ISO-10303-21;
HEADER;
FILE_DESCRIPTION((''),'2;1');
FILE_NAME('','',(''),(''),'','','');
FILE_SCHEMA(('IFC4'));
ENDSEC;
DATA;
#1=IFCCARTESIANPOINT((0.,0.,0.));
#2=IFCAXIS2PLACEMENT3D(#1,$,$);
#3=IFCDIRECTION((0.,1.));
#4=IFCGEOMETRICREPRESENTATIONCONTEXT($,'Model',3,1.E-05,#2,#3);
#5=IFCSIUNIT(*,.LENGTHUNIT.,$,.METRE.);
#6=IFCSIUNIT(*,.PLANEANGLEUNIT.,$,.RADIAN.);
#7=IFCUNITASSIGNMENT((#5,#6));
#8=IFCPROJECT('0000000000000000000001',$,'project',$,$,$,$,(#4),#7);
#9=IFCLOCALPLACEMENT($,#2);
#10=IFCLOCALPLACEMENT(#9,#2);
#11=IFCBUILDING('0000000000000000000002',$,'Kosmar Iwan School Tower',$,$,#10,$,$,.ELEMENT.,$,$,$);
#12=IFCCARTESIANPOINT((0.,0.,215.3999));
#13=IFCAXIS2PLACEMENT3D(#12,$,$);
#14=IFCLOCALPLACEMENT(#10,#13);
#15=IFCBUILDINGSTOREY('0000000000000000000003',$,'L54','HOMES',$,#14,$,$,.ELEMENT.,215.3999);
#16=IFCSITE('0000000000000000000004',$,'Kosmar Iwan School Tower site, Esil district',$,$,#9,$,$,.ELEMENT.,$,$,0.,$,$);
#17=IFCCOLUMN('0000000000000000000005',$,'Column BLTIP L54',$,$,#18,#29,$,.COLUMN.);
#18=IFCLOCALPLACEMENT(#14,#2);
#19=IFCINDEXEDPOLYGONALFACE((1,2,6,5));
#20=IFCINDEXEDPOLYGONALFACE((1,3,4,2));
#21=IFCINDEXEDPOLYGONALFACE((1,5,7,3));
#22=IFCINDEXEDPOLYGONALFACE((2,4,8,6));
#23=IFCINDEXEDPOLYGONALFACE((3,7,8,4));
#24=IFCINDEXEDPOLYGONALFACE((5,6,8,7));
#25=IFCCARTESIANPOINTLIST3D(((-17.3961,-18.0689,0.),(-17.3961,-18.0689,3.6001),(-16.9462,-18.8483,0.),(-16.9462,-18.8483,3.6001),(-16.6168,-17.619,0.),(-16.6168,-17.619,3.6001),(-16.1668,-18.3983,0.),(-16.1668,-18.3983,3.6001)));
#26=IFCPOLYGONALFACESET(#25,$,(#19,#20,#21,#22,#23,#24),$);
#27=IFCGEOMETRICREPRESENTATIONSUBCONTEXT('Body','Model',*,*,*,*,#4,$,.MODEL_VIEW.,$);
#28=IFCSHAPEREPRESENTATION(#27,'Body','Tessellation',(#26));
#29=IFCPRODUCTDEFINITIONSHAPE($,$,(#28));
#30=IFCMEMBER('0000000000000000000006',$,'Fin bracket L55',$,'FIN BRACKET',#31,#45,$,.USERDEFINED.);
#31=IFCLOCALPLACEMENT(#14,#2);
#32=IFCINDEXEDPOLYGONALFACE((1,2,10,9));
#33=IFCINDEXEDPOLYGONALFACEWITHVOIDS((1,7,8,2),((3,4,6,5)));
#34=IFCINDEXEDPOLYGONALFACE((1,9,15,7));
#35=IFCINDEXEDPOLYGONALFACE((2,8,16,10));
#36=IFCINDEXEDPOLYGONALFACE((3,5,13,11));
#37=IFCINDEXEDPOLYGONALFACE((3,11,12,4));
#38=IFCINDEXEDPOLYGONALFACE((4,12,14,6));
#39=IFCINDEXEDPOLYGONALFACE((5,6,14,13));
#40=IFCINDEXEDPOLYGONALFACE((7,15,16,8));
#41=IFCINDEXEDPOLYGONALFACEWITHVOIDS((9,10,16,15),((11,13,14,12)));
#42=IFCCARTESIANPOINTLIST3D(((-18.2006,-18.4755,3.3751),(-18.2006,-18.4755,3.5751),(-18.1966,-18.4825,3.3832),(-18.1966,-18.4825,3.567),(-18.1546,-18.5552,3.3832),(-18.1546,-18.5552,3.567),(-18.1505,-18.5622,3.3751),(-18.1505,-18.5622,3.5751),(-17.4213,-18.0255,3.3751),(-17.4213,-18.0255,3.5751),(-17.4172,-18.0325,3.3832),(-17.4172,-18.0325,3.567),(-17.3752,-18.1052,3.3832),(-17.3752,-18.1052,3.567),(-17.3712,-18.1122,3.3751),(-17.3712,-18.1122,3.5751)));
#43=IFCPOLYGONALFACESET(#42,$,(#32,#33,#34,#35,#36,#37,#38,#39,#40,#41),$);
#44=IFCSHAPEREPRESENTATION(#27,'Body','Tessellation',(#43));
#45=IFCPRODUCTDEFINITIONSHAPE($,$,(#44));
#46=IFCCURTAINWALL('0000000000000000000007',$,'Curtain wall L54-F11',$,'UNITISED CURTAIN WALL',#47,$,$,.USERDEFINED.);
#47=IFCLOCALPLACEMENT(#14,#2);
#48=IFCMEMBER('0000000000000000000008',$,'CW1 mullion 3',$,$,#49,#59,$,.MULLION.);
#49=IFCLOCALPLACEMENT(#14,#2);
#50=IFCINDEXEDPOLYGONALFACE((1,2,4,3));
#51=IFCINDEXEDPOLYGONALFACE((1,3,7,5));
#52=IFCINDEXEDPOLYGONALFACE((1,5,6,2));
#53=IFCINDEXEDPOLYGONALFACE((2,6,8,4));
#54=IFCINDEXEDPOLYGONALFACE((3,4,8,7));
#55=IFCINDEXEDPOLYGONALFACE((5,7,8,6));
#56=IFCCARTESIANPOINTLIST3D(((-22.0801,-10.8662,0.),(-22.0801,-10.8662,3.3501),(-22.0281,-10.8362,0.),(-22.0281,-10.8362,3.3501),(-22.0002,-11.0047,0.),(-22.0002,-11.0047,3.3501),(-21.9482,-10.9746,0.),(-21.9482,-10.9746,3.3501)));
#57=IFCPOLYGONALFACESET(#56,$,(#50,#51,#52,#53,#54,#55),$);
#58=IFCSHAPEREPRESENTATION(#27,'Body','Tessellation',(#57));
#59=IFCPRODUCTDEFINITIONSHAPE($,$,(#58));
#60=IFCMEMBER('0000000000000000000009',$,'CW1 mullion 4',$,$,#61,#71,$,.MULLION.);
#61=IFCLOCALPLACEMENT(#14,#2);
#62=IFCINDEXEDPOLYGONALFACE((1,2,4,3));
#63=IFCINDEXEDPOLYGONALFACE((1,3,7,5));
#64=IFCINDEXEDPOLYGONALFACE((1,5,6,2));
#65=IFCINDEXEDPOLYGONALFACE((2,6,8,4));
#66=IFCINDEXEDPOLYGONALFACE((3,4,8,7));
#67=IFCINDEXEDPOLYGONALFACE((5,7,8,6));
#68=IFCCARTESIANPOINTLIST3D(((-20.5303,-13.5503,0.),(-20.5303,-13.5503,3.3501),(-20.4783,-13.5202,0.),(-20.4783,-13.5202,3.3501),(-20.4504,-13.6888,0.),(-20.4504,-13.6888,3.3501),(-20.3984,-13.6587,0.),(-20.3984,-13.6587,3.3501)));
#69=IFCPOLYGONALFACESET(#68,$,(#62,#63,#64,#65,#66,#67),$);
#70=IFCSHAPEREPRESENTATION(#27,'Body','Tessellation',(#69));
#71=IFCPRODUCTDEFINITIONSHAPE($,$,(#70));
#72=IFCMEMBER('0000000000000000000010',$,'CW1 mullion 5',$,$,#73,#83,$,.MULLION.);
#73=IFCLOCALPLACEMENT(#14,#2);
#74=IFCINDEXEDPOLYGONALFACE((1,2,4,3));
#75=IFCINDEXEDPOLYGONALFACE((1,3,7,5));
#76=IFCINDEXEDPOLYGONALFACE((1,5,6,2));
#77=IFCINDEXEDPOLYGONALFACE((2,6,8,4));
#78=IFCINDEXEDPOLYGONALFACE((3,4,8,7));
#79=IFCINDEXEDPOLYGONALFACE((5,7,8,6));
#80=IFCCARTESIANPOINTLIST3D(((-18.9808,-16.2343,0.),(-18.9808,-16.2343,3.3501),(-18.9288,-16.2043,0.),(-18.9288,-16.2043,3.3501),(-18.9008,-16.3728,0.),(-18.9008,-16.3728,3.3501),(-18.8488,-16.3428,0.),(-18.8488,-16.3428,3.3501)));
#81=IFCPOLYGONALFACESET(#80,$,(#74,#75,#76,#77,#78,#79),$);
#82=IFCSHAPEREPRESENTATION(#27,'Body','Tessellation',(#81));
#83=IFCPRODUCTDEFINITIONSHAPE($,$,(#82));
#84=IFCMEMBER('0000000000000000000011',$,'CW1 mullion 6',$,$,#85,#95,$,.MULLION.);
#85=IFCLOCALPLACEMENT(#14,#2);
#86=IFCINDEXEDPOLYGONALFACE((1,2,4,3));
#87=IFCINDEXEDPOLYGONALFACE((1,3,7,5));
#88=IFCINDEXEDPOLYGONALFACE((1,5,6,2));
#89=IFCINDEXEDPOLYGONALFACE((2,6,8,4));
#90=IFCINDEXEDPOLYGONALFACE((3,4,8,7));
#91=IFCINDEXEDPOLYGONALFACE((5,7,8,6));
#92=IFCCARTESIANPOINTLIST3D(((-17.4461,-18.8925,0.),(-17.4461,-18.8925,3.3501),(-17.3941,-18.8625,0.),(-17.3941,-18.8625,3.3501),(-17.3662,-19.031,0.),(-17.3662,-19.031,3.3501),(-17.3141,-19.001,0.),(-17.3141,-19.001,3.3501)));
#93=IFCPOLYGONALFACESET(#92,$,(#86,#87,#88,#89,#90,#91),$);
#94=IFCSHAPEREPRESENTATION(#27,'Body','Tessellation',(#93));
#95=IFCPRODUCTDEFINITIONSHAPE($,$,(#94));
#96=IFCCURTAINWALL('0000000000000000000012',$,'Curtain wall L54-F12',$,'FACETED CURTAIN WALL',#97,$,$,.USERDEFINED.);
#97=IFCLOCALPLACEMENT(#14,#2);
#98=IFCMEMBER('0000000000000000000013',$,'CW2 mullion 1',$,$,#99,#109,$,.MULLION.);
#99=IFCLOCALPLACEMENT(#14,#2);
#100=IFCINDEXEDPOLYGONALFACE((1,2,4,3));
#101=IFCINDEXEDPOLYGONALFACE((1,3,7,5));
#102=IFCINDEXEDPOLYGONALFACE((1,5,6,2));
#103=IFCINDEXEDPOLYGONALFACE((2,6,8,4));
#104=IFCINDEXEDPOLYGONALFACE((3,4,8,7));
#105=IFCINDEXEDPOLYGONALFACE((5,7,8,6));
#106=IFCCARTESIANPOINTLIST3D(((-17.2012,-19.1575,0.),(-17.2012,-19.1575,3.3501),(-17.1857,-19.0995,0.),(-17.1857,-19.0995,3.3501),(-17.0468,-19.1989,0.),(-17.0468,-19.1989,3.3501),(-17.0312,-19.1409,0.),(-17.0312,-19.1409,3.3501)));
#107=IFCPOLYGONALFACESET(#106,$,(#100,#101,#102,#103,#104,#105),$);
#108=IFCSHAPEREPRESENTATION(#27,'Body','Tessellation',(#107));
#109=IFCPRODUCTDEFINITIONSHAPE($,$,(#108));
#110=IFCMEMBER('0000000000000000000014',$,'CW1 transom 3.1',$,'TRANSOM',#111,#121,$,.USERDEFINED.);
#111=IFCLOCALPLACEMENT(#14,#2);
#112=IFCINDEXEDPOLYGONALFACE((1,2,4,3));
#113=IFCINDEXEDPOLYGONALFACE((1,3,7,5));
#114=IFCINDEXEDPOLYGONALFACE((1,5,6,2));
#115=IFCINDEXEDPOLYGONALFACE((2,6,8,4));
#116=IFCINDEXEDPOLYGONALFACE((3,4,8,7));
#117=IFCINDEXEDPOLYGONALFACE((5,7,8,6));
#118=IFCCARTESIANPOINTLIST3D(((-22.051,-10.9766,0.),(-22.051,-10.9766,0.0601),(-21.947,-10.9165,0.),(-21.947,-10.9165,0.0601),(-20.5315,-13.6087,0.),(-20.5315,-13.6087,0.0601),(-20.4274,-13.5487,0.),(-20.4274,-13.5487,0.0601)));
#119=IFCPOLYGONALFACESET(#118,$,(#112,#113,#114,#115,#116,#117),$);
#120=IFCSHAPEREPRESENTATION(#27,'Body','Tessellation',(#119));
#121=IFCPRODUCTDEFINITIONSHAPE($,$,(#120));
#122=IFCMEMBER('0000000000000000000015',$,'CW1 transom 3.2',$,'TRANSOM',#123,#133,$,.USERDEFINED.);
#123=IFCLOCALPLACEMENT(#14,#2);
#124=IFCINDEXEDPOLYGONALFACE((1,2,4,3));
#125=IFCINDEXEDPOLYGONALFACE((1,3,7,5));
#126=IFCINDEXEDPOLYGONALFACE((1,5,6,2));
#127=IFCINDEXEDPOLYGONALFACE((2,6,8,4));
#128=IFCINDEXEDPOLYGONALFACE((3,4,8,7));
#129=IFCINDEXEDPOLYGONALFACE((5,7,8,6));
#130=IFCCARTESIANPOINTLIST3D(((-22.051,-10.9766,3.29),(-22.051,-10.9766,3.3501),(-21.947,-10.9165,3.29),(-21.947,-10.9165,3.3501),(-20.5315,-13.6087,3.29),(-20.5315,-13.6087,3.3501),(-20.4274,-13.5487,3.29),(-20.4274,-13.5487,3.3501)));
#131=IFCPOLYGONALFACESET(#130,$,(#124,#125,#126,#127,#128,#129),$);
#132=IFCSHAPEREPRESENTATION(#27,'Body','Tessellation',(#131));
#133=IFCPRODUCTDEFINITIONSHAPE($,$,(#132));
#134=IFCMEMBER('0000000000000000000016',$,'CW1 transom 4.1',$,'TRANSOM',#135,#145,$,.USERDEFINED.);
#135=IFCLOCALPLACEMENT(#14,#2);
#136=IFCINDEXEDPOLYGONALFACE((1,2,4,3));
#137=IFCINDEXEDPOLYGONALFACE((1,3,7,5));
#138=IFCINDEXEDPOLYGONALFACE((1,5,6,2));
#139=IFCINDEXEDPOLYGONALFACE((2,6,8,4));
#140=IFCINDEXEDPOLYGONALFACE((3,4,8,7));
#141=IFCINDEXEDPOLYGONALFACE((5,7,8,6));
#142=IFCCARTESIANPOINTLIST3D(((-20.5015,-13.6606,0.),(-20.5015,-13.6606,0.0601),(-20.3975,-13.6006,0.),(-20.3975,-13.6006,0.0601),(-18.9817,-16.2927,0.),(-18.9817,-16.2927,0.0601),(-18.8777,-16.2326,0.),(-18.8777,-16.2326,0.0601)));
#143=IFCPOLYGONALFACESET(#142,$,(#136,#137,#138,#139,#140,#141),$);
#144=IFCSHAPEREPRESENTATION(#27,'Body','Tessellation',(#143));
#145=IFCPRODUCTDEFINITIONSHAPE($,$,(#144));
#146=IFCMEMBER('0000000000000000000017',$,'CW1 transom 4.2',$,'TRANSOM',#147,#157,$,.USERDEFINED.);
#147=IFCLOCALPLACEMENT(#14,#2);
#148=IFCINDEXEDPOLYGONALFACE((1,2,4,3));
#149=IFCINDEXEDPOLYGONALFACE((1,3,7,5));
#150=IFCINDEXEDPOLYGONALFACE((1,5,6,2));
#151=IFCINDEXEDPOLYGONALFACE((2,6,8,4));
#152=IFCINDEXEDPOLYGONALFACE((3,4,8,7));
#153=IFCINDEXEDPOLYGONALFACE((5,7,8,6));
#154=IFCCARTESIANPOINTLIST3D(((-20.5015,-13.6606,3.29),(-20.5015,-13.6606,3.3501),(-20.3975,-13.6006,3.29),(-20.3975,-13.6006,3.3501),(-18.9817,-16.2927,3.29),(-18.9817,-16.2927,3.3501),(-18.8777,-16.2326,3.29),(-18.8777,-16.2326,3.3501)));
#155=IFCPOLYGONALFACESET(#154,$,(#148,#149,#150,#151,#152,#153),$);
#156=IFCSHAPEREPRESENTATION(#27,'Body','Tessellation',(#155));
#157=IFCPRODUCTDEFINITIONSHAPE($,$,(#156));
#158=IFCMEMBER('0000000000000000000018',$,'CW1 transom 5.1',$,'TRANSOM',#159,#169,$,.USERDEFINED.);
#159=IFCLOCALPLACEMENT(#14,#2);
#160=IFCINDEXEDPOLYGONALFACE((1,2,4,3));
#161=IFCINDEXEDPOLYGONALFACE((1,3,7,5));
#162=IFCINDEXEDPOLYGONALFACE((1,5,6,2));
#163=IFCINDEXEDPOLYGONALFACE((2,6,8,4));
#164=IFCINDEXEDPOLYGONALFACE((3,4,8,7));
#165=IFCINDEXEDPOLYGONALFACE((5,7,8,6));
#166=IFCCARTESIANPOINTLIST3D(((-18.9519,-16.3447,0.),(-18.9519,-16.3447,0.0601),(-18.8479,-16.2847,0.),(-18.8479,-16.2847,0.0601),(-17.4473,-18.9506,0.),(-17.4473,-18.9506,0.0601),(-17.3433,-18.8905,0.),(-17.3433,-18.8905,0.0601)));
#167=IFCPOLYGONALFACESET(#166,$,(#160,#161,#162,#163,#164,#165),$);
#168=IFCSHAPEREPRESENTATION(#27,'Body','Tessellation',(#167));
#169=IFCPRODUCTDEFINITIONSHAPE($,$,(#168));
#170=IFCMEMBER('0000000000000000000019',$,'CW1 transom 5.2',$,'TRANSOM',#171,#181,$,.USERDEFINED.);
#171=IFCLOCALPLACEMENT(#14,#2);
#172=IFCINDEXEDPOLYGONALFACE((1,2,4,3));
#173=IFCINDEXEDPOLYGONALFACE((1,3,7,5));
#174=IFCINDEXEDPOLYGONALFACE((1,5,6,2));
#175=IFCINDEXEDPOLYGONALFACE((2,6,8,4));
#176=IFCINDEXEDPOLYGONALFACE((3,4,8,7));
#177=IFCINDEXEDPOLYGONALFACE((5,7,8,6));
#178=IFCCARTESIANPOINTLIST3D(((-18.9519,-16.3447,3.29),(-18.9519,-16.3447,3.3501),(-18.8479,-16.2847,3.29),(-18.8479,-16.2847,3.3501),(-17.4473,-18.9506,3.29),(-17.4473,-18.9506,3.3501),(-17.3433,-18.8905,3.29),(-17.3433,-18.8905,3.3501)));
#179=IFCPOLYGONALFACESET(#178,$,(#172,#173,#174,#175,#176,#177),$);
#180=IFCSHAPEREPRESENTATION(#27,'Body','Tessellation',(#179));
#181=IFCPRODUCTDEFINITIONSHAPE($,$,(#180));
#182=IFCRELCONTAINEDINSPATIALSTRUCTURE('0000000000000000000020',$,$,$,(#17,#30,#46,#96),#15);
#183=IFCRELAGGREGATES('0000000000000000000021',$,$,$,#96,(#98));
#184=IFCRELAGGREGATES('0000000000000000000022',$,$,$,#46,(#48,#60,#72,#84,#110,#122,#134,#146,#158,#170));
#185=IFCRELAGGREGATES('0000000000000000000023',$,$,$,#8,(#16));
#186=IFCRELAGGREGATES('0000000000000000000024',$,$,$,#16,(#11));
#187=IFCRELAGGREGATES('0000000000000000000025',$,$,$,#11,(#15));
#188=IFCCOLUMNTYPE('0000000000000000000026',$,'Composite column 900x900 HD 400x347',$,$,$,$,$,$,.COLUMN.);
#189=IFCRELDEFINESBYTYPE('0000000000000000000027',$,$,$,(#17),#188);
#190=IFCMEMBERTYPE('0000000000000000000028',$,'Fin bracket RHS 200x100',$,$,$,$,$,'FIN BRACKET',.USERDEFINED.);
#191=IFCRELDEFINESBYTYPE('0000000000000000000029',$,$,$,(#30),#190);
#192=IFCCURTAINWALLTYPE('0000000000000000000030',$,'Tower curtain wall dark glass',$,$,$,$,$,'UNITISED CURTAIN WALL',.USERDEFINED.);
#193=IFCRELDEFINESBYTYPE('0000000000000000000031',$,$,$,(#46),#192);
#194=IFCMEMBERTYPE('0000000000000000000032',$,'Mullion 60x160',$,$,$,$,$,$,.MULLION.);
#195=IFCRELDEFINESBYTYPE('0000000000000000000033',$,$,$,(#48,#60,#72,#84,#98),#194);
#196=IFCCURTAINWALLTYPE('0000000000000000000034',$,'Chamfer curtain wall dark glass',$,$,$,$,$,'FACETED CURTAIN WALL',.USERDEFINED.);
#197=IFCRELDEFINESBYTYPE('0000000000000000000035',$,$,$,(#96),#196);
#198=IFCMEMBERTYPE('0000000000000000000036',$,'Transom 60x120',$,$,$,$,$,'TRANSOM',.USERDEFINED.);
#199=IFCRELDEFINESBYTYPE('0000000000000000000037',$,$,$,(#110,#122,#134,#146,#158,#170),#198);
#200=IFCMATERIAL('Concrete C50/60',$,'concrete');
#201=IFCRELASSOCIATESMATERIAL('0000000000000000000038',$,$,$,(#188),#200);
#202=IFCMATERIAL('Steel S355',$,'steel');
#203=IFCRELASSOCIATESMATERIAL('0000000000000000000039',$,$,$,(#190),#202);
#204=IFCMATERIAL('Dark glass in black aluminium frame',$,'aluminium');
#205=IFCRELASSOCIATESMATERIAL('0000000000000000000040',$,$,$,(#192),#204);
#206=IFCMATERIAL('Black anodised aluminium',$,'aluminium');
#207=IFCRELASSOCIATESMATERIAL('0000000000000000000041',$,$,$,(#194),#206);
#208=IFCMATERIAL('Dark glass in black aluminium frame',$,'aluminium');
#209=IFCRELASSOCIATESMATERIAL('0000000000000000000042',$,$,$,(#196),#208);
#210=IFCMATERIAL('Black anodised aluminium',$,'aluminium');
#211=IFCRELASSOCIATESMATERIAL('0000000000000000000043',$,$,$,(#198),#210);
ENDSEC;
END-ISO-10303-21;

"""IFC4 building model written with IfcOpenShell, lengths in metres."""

from ifc_helpers import new_model, si_unit, direction, frame, origin, origin_2d, place, context, subcontext, project, spatial, rectangle, hollow_rectangle, extrude, material, material_profile, profile_set, type_object, element, aggregate, save


model = new_model("IFC4")

# Units and contexts
model_context = context("Model", 3, precision=1e-05, world=origin(), true_north=direction((0.0, 1.0)))
body_context = subcontext(model_context, "Body", "Model", "MODEL_VIEW")
ifc_project = project(units=[si_unit("LENGTHUNIT", "METRE"), si_unit("PLANEANGLEUNIT", "RADIAN")], contexts=[model_context])

# Site, building, storey
site_placement = place(None, origin())
site = spatial("IfcSite", under=ifc_project, at=site_placement, Name="Kosmar Iwan School Tower site, Esil district", CompositionType="ELEMENT", RefElevation=0.0)
building_placement = place(site_placement, origin())
building = spatial("IfcBuilding", under=site, at=building_placement, Name="Kosmar Iwan School Tower", CompositionType="ELEMENT")
storey_placement = place(building_placement, frame((0.0, 0.0, 215.3999)))
storey = spatial("IfcBuildingStorey", under=building, at=storey_placement, Name="L54", Description="HOMES", CompositionType="ELEMENT", Elevation=215.3999)

# Column
ifc_material_1 = material(Name="Concrete C50/60", Category="concrete")
ifc_material_profile_1 = material_profile(ifc_material_1, rectangle(XDim=0.8999, YDim=0.8999, at=origin_2d()), Name="RC 900x900 + HD 400x347")
ifc_profile_set_1 = profile_set([ifc_material_profile_1], Name="Concrete C50/60")
column_type = type_object("IfcColumnType", Name="Composite column 900x900 HD 400x347", PredefinedType="COLUMN", material=ifc_profile_set_1)
column_placement = place(storey_placement, frame((-16.7815, -18.2336, 0.0), z_axis=(0.0, 0.0, 1.0), x_axis=(-0.866025, -0.5, 0.0)))
element("IfcColumn", 1, at=column_placement, inside=storey, type_object=column_type, Name="Column BLTIP L54", PredefinedType="COLUMN", context=body_context, shape_type="SweptSolid", body=[
    extrude(rectangle(XDim=0.8999, YDim=0.8999, at=origin_2d()), origin(), (0.0, 0.0, 1.0), 3.6001),
])

# Member
ifc_material_2 = material(Name="Steel S355", Category="steel")
ifc_material_profile_2 = material_profile(ifc_material_2, hollow_rectangle(XDim=0.1001, YDim=0.2, WallThickness=0.0081, at=origin_2d()), Name="RHS 200x100x8")
ifc_profile_set_2 = profile_set([ifc_material_profile_2], Name="Steel S355")
member_type_1 = type_object("IfcMemberType", Name="Fin bracket RHS 200x100", ElementType="FIN BRACKET", PredefinedType="USERDEFINED", material=ifc_profile_set_2)
member_1_placement = place(storey_placement, frame((-17.3962, -18.0688, 3.4751), z_axis=(-0.866014, -0.50002, 0.0), x_axis=(0.50002, -0.866014, 0.0)))
element("IfcMember", 2, at=member_1_placement, inside=storey, type_object=member_type_1, Name="Fin bracket L55", ObjectType="FIN BRACKET", PredefinedType="USERDEFINED", context=body_context, shape_type="SweptSolid", body=[
    extrude(hollow_rectangle(XDim=0.1001, YDim=0.2, WallThickness=0.0081, at=origin_2d()), origin(), (0.0, 0.0, 1.0), 0.8999),
])

# Curtain wall, members
ifc_material_3 = material(Name="Dark glass in black aluminium frame", Category="aluminium")
curtain_wall_type_1 = type_object("IfcCurtainWallType", Name="Tower curtain wall dark glass", ElementType="UNITISED CURTAIN WALL", PredefinedType="USERDEFINED", material=ifc_material_3)
curtain_wall_1_placement = place(storey_placement, origin())
curtain_wall_1 = element("IfcCurtainWall", 3, at=curtain_wall_1_placement, inside=storey, type_object=curtain_wall_type_1, Name="Curtain wall L54-F11", ObjectType="UNITISED CURTAIN WALL", PredefinedType="USERDEFINED")
ifc_material_4 = material(Name="Black anodised aluminium", Category="aluminium")
ifc_material_profile_3 = material_profile(ifc_material_4, rectangle(XDim=0.0601, YDim=0.1599, at=origin_2d()), Name="MULLION 60x160")
ifc_profile_set_3 = profile_set([ifc_material_profile_3], Name="Black anodised aluminium")
member_type_2 = type_object("IfcMemberType", Name="Mullion 60x160", PredefinedType="MULLION", material=ifc_profile_set_3)
member_2_placement = place(storey_placement, frame((-22.0142, -10.9204, 0.0), z_axis=(0.0, 0.0, 1.0), x_axis=(0.866025, 0.5, 0.0)))
member_2 = element("IfcMember", 4, at=member_2_placement, type_object=member_type_2, Name="CW1 mullion 3", PredefinedType="MULLION", context=body_context, shape_type="SweptSolid", body=[
    extrude(rectangle(XDim=0.0601, YDim=0.1599, at=origin_2d()), origin(), (0.0, 0.0, 1.0), 3.3501),
])
member_3_placement = place(storey_placement, frame((-20.4644, -13.6045, 0.0), z_axis=(0.0, 0.0, 1.0), x_axis=(0.866025, 0.5, 0.0)))
member_3 = element("IfcMember", 5, at=member_3_placement, type_object=member_type_2, Name="CW1 mullion 4", PredefinedType="MULLION", context=body_context, shape_type="SweptSolid", body=[
    extrude(rectangle(XDim=0.0601, YDim=0.1599, at=origin_2d()), origin(), (0.0, 0.0, 1.0), 3.3501),
])
member_4_placement = place(storey_placement, frame((-18.9148, -16.2886, 0.0), z_axis=(0.0, 0.0, 1.0), x_axis=(0.866025, 0.5, 0.0)))
member_4 = element("IfcMember", 6, at=member_4_placement, type_object=member_type_2, Name="CW1 mullion 5", PredefinedType="MULLION", context=body_context, shape_type="SweptSolid", body=[
    extrude(rectangle(XDim=0.0601, YDim=0.1599, at=origin_2d()), origin(), (0.0, 0.0, 1.0), 3.3501),
])
member_5_placement = place(storey_placement, frame((-17.3801, -18.9468, 0.0), z_axis=(0.0, 0.0, 1.0), x_axis=(0.866025, 0.5, 0.0)))
member_5 = element("IfcMember", 7, at=member_5_placement, type_object=member_type_2, Name="CW1 mullion 6", PredefinedType="MULLION", context=body_context, shape_type="SweptSolid", body=[
    extrude(rectangle(XDim=0.0601, YDim=0.1599, at=origin_2d()), origin(), (0.0, 0.0, 1.0), 3.3501),
])

# Curtain wall, member
ifc_material_5 = material(Name="Dark glass in black aluminium frame", Category="aluminium")
curtain_wall_type_2 = type_object("IfcCurtainWallType", Name="Chamfer curtain wall dark glass", ElementType="FACETED CURTAIN WALL", PredefinedType="USERDEFINED", material=ifc_material_5)
curtain_wall_2_placement = place(storey_placement, origin())
curtain_wall_2 = element("IfcCurtainWall", 8, at=curtain_wall_2_placement, inside=storey, type_object=curtain_wall_type_2, Name="Curtain wall L54-F12", ObjectType="FACETED CURTAIN WALL", PredefinedType="USERDEFINED")
member_6_placement = place(storey_placement, frame((-17.1162, -19.1492, 0.0), z_axis=(0.0, 0.0, 1.0), x_axis=(0.258819, 0.965926, 0.0)))
member_6 = element("IfcMember", 9, at=member_6_placement, type_object=member_type_2, Name="CW2 mullion 1", PredefinedType="MULLION", context=body_context, shape_type="SweptSolid", body=[
    extrude(rectangle(XDim=0.0601, YDim=0.1599, at=origin_2d()), origin(), (0.0, 0.0, 1.0), 3.3501),
])

# Members
ifc_material_6 = material(Name="Black anodised aluminium", Category="aluminium")
ifc_material_profile_4 = material_profile(ifc_material_6, rectangle(XDim=0.1201, YDim=0.0601, at=origin_2d()), Name="TRANSOM 60x120")
ifc_profile_set_4 = profile_set([ifc_material_profile_4], Name="Black anodised aluminium")
member_type_3 = type_object("IfcMemberType", Name="Transom 60x120", ElementType="TRANSOM", PredefinedType="USERDEFINED", material=ifc_profile_set_4)
member_7_placement = place(storey_placement, frame((-21.999, -10.9465, 0.03), z_axis=(0.499975, -0.86604, 0.0), x_axis=(0.86604, 0.499975, 0.0)))
member_7 = element("IfcMember", 10, at=member_7_placement, type_object=member_type_3, Name="CW1 transom 3.1", ObjectType="TRANSOM", PredefinedType="USERDEFINED", context=body_context, shape_type="SweptSolid", body=[
    extrude(rectangle(XDim=0.1201, YDim=0.0601, at=origin_2d()), origin(), (0.0, 0.0, 1.0), 3.0393),
])
member_8_placement = place(storey_placement, frame((-21.999, -10.9465, 3.3201), z_axis=(0.499975, -0.86604, 0.0), x_axis=(0.86604, 0.499975, 0.0)))
member_8 = element("IfcMember", 11, at=member_8_placement, type_object=member_type_3, Name="CW1 transom 3.2", ObjectType="TRANSOM", PredefinedType="USERDEFINED", context=body_context, shape_type="SweptSolid", body=[
    extrude(rectangle(XDim=0.1201, YDim=0.0601, at=origin_2d()), origin(), (0.0, 0.0, 1.0), 3.0393),
])
member_9_placement = place(storey_placement, frame((-20.4495, -13.6306, 0.03), z_axis=(0.500035, -0.866005, 0.0), x_axis=(0.866005, 0.500035, 0.0)))
member_9 = element("IfcMember", 12, at=member_9_placement, type_object=member_type_3, Name="CW1 transom 4.1", ObjectType="TRANSOM", PredefinedType="USERDEFINED", context=body_context, shape_type="SweptSolid", body=[
    extrude(rectangle(XDim=0.1201, YDim=0.0601, at=origin_2d()), origin(), (0.0, 0.0, 1.0), 3.0393),
])
member_10_placement = place(storey_placement, frame((-20.4495, -13.6306, 3.3201), z_axis=(0.500035, -0.866005, 0.0), x_axis=(0.866005, 0.500035, 0.0)))
member_10 = element("IfcMember", 13, at=member_10_placement, type_object=member_type_3, Name="CW1 transom 4.2", ObjectType="TRANSOM", PredefinedType="USERDEFINED", context=body_context, shape_type="SweptSolid", body=[
    extrude(rectangle(XDim=0.1201, YDim=0.0601, at=origin_2d()), origin(), (0.0, 0.0, 1.0), 3.0393),
])
member_11_placement = place(storey_placement, frame((-18.8999, -16.3147, 0.03), z_axis=(0.500022, -0.866013, 0.0), x_axis=(0.866013, 0.500022, 0.0)))
member_11 = element("IfcMember", 14, at=member_11_placement, type_object=member_type_3, Name="CW1 transom 5.1", ObjectType="TRANSOM", PredefinedType="USERDEFINED", context=body_context, shape_type="SweptSolid", body=[
    extrude(rectangle(XDim=0.1201, YDim=0.0601, at=origin_2d()), origin(), (0.0, 0.0, 1.0), 3.009),
])
member_12_placement = place(storey_placement, frame((-18.8999, -16.3147, 3.3201), z_axis=(0.500022, -0.866013, 0.0), x_axis=(0.866013, 0.500022, 0.0)))
member_12 = element("IfcMember", 15, at=member_12_placement, type_object=member_type_3, Name="CW1 transom 5.2", ObjectType="TRANSOM", PredefinedType="USERDEFINED", context=body_context, shape_type="SweptSolid", body=[
    extrude(rectangle(XDim=0.1201, YDim=0.0601, at=origin_2d()), origin(), (0.0, 0.0, 1.0), 3.009),
])
aggregate(curtain_wall_2, [member_6])

aggregate(curtain_wall_1, [member_2, member_3, member_4, member_5, member_7, member_8, member_9, member_10, member_11, member_12])

save(model, "model.ifc")
